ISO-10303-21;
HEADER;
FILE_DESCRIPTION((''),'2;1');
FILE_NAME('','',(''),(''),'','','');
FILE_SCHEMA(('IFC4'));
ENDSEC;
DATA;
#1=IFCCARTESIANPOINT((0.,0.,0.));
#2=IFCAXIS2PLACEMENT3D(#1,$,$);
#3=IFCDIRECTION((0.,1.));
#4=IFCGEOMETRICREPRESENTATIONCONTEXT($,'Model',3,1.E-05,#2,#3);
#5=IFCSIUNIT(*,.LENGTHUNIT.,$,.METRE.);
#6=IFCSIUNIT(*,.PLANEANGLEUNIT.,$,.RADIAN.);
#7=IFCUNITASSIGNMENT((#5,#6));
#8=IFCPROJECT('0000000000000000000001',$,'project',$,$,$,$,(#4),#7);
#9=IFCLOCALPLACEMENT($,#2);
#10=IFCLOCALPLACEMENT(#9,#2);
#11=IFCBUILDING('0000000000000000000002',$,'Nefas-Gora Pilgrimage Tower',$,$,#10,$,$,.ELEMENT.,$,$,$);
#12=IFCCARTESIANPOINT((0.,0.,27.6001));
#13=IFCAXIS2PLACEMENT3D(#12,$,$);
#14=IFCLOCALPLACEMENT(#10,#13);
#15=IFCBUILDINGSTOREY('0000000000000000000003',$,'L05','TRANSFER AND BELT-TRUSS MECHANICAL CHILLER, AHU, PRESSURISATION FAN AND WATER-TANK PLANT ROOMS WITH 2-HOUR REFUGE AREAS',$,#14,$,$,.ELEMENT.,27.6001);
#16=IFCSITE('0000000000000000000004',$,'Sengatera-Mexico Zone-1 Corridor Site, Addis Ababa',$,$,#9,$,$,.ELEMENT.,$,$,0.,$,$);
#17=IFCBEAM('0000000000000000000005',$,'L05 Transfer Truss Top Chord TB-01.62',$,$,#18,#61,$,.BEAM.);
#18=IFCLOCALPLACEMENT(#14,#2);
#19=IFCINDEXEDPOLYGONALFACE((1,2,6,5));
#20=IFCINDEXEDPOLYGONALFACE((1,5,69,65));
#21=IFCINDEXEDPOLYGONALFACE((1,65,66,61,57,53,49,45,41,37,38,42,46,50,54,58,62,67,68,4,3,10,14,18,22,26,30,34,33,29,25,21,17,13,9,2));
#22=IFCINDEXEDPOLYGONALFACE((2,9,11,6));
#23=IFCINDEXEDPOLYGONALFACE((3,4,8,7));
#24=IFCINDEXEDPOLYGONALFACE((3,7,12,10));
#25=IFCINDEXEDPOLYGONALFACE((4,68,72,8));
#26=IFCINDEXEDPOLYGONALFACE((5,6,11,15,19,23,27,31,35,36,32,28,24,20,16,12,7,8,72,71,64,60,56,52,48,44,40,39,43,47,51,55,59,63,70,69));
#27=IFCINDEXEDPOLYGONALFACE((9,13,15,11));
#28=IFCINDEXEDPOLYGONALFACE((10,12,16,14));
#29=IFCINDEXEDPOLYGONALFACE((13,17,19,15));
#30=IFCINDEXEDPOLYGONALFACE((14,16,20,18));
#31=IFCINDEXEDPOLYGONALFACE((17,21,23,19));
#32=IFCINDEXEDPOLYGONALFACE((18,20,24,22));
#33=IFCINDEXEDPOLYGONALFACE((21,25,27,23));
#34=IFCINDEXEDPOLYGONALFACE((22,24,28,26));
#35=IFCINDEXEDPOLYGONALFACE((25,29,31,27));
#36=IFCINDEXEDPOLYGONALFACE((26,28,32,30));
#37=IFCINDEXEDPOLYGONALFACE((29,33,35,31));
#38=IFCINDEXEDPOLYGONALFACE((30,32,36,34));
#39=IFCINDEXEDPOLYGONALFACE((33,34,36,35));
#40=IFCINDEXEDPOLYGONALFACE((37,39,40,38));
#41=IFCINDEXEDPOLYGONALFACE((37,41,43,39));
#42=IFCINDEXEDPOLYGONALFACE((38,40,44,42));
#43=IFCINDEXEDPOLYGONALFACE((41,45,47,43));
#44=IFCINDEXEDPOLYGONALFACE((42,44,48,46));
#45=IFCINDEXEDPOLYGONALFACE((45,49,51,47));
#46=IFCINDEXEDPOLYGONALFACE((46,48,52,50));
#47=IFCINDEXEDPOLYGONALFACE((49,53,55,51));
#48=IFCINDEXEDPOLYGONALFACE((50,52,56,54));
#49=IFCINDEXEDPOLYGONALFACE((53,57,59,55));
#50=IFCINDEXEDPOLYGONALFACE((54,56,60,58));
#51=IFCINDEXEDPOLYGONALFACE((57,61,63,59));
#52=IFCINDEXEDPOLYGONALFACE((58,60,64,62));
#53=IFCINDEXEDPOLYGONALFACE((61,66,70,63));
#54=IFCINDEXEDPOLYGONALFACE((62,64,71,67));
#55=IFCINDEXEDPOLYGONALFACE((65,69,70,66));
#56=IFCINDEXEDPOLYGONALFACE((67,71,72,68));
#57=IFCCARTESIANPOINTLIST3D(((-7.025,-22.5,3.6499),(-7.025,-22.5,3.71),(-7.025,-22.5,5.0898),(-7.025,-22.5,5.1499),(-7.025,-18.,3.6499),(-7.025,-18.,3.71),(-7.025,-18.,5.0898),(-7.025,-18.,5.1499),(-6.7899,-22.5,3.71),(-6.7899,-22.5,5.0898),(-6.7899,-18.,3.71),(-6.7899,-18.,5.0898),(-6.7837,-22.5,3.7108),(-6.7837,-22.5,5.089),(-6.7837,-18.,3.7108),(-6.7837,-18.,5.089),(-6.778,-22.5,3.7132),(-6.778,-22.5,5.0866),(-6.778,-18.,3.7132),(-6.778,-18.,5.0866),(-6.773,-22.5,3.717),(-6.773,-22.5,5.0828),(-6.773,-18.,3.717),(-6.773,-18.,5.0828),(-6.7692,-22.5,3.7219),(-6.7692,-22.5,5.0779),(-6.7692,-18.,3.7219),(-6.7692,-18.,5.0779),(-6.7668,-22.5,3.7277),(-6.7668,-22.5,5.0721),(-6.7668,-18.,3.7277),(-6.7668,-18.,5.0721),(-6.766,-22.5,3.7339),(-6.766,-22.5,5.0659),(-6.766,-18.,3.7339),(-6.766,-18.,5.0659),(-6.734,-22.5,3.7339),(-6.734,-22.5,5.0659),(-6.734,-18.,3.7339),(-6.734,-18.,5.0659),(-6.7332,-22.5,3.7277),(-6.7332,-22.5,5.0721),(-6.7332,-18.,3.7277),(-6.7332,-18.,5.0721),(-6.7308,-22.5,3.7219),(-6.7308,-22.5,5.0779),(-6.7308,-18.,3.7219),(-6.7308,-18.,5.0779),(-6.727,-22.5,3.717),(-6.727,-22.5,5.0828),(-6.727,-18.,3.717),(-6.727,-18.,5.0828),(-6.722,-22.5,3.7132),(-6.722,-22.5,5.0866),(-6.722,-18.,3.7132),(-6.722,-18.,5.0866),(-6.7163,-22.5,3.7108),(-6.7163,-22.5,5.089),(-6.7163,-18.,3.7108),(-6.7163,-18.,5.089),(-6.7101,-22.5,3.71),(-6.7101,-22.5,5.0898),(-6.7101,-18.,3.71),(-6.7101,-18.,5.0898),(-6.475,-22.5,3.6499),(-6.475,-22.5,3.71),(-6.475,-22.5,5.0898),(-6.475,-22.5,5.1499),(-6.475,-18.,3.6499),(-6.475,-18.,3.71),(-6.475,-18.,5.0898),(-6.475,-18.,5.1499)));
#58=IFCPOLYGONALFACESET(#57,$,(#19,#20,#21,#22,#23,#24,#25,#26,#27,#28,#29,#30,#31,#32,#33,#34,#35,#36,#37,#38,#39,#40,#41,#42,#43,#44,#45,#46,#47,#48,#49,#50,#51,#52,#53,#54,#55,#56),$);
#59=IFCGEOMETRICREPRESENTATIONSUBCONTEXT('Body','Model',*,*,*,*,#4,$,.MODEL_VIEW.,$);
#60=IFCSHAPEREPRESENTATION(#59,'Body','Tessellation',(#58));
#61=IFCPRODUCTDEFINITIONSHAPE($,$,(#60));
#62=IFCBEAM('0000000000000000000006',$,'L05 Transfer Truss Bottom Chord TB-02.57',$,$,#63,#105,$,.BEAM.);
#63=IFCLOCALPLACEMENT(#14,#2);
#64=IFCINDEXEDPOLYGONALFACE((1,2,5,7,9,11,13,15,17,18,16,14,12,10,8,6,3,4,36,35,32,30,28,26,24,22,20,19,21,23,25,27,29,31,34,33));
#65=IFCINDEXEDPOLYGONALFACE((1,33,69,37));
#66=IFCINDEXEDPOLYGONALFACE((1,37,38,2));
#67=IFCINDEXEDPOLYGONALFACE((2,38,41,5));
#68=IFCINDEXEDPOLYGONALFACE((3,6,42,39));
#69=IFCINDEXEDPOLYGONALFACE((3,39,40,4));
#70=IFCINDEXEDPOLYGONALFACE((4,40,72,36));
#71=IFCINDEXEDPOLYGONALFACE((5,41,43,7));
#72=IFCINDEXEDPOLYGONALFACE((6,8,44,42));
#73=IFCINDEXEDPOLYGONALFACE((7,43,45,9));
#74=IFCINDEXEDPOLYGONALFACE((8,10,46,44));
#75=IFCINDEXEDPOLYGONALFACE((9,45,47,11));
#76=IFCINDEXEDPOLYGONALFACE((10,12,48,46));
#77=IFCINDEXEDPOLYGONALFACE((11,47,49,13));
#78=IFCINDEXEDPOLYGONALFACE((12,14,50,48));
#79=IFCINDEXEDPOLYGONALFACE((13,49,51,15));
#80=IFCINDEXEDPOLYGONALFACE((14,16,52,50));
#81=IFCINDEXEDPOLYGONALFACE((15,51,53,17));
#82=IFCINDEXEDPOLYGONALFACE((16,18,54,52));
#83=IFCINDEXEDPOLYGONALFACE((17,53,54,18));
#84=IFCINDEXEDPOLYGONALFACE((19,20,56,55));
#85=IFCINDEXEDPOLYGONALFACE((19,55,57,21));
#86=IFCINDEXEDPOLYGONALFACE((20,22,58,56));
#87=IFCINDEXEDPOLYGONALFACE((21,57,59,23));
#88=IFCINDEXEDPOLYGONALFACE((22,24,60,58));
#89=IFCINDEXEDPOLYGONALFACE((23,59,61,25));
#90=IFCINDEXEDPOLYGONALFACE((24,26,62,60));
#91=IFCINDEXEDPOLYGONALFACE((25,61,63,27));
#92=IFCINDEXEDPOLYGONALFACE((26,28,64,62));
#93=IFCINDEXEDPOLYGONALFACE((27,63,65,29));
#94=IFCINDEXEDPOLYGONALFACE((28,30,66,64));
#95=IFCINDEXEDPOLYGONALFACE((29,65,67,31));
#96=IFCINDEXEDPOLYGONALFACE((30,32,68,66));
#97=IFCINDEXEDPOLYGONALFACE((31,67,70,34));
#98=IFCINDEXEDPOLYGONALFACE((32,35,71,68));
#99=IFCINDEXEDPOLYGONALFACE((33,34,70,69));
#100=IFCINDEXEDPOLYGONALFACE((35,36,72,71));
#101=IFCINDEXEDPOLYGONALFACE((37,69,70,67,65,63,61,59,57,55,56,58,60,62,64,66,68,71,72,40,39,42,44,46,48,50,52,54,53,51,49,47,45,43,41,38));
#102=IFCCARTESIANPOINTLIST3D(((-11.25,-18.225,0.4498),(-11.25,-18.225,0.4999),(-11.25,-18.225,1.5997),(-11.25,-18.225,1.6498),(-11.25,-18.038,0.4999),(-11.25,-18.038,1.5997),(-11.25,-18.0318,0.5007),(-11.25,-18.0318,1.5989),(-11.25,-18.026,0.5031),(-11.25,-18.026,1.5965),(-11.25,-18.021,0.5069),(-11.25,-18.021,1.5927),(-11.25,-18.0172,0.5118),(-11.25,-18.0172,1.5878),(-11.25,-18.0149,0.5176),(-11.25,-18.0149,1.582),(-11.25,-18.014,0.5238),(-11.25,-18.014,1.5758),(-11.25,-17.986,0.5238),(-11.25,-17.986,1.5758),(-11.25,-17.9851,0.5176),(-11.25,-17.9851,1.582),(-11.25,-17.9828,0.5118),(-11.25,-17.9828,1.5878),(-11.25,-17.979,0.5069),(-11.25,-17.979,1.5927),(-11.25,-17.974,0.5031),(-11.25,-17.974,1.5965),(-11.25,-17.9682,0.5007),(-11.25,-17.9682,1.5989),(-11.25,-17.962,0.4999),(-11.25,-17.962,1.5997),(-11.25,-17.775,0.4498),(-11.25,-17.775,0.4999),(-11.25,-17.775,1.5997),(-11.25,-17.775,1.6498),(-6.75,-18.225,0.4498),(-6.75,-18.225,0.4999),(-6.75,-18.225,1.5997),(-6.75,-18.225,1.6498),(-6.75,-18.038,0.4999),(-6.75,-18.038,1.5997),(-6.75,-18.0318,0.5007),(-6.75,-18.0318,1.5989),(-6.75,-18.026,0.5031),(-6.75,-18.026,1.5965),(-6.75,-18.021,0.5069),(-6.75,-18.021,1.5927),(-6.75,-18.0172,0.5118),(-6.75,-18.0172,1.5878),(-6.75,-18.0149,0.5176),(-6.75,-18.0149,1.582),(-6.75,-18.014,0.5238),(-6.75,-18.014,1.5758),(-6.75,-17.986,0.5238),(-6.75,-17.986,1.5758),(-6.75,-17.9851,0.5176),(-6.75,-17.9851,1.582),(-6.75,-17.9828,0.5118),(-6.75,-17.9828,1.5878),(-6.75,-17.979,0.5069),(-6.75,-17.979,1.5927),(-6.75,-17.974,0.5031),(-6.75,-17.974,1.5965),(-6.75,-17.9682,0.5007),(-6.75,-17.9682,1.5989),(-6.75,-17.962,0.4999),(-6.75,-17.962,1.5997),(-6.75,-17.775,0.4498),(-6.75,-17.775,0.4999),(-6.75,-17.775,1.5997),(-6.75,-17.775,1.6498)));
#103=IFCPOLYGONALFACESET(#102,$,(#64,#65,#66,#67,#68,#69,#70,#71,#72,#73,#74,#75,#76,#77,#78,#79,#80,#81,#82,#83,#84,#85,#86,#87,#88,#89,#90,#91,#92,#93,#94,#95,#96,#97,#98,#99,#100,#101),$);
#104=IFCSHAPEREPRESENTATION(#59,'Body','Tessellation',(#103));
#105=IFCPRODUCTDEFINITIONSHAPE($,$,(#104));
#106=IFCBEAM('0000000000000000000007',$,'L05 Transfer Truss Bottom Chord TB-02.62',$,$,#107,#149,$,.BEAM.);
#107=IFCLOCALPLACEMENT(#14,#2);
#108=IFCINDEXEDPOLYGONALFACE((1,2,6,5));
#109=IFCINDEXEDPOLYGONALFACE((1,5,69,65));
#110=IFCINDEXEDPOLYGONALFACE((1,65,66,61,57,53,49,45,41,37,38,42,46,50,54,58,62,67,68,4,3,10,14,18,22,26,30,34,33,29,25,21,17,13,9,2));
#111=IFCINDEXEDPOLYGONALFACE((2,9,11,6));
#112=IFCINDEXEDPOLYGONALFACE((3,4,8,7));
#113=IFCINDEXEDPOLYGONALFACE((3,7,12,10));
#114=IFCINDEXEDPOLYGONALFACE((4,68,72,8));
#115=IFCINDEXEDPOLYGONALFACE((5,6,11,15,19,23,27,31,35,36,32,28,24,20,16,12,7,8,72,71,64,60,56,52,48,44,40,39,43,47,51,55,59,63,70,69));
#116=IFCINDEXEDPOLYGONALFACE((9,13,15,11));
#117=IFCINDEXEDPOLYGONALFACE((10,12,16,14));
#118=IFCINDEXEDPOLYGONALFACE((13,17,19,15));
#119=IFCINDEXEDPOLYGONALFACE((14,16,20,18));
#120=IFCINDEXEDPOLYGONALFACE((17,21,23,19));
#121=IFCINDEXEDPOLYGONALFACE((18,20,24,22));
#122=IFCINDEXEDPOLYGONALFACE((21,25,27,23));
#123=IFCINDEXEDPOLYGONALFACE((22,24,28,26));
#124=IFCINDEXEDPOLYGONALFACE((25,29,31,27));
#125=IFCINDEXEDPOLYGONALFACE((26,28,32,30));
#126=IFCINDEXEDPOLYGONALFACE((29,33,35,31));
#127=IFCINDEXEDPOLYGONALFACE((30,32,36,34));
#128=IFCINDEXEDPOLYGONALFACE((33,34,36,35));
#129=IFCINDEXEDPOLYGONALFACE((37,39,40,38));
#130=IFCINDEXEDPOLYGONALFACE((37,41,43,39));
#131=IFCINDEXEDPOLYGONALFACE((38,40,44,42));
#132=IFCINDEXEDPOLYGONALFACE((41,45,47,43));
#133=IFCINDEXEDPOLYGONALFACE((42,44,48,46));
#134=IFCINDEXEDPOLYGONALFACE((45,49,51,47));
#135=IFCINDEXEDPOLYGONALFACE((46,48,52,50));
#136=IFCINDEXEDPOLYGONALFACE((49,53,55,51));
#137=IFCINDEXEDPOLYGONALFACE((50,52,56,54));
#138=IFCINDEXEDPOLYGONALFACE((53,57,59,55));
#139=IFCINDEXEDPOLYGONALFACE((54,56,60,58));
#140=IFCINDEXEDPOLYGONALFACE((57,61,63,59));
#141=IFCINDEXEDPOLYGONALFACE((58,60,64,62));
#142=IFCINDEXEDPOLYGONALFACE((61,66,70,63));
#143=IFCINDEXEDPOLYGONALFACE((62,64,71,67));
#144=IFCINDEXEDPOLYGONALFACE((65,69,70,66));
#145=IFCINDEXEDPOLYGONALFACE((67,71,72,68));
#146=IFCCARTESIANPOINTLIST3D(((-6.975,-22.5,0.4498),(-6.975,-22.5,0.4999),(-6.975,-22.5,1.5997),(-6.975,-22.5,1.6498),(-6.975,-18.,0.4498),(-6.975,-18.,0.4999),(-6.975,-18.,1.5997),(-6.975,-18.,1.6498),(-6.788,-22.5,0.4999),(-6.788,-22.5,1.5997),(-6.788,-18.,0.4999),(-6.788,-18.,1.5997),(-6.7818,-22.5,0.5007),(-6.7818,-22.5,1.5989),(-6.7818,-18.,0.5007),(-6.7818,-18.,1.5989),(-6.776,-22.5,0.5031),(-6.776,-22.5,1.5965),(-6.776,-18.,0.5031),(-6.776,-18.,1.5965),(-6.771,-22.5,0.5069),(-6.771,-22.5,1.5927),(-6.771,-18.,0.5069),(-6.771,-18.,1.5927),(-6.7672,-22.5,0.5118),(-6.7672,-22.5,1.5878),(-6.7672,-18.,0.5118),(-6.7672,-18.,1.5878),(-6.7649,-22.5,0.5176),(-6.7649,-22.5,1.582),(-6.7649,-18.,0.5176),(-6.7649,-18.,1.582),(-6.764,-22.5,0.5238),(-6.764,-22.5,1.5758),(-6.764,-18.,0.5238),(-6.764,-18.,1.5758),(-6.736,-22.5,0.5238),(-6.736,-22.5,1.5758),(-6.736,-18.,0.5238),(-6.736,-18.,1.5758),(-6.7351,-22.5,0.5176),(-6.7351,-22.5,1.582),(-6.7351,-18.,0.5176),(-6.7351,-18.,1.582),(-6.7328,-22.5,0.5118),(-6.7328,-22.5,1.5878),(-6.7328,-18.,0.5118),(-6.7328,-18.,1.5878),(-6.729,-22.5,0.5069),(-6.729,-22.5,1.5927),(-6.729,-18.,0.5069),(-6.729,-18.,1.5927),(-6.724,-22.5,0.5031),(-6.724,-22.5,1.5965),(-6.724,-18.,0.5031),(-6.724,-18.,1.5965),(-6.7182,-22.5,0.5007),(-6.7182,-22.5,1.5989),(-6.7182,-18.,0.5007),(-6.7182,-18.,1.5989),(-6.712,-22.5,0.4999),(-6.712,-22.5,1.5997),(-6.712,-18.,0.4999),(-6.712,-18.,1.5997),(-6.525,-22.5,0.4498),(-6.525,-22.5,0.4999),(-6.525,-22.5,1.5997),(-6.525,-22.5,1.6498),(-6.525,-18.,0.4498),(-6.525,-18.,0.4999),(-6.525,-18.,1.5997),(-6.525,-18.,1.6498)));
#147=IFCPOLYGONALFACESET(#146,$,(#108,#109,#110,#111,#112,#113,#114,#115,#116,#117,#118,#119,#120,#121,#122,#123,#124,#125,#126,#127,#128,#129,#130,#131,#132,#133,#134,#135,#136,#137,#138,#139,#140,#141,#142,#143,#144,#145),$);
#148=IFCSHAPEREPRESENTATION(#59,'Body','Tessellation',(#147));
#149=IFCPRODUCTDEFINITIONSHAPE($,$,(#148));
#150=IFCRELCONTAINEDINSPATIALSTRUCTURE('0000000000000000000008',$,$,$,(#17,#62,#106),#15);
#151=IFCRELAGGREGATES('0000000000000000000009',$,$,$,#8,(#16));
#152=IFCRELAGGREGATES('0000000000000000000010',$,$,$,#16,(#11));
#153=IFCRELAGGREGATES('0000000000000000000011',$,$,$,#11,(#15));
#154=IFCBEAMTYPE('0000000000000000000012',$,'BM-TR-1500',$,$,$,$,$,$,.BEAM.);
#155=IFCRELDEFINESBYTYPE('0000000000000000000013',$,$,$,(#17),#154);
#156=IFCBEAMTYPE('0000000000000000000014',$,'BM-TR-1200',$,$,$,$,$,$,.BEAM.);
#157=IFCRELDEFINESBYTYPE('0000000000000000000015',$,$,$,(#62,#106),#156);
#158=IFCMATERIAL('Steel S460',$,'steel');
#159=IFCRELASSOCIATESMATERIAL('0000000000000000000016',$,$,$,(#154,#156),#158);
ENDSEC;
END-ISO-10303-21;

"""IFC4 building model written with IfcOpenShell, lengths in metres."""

from ifc_helpers import new_model, si_unit, direction, frame, origin, origin_2d, place, context, subcontext, project, spatial, i_section, extrude, source, transform, mapped, material, material_profile, profile_set, type_object, element, save


model = new_model("IFC4")

# Units and contexts
model_context = context("Model", 3, precision=1e-05, world=origin(), true_north=direction((0.0, 1.0)))
body_context = subcontext(model_context, "Body", "Model", "MODEL_VIEW")
ifc_project = project(units=[si_unit("LENGTHUNIT", "METRE"), si_unit("PLANEANGLEUNIT", "RADIAN")], contexts=[model_context])

# Site, building, storey
site_placement = place(None, origin())
site = spatial("IfcSite", under=ifc_project, at=site_placement, Name="Sengatera-Mexico Zone-1 Corridor Site, Addis Ababa", CompositionType="ELEMENT", RefElevation=0.0)
building_placement = place(site_placement, origin())
building = spatial("IfcBuilding", under=site, at=building_placement, Name="Nefas-Gora Pilgrimage Tower", CompositionType="ELEMENT")
storey_placement = place(building_placement, frame((0.0, 0.0, 27.6001)))
storey = spatial("IfcBuildingStorey", under=building, at=storey_placement, Name="L05", Description="TRANSFER AND BELT-TRUSS MECHANICAL CHILLER, AHU, PRESSURISATION FAN AND WATER-TANK PLANT ROOMS WITH 2-HOUR REFUGE AREAS", CompositionType="ELEMENT", Elevation=27.6001)

# Shared definitions
ifc_material_1 = material(Name="Steel S460", Category="steel")

# Beams
ifc_material_profile_1 = material_profile(ifc_material_1, i_section(OverallWidth=0.55, OverallDepth=1.5, WebThickness=0.032, FlangeThickness=0.0601, FilletRadius=0.0239, at=origin_2d()), Name="WPG 1500x550x32x60")
ifc_profile_set_1 = profile_set([ifc_material_profile_1], Name="Steel S460")
beam_type_1 = type_object("IfcBeamType", Name="BM-TR-1500", PredefinedType="BEAM", material=ifc_profile_set_1)
shared_shape_1 = source(origin(), body_context, "Body", "SweptSolid", [
    extrude(i_section(OverallWidth=0.55, OverallDepth=1.5, WebThickness=0.032, FlangeThickness=0.0601, FilletRadius=0.0239, at=origin_2d()), origin(), (0.0, 0.0, 1.0), 4.5),
])
for number, where, z_axis, x_axis, name in (
    (1, (-6.75, -22.5, 4.3999), (0.0, 1.0, 0.0), (-1.0, 0.0, 0.0), "L05 Transfer Truss Top Chord TB-01.62"),
):
    element("IfcBeam", number, at=place(storey_placement, frame(where, z_axis=z_axis, x_axis=x_axis)), inside=storey, type_object=beam_type_1, Name=name, PredefinedType="BEAM", context=body_context, shape_type="MappedRepresentation", body=[
        mapped(shared_shape_1, transform((0.0, 0.0, 0.0), x_axis=(1.0, 0.0, 0.0), y_axis=(0.0, 1.0, 0.0), z_axis=(0.0, 0.0, 1.0), scale=1.0)),
    ])
ifc_material_profile_2 = material_profile(ifc_material_1, i_section(OverallWidth=0.45, OverallDepth=1.2, WebThickness=0.0281, FlangeThickness=0.05, FilletRadius=0.0239, at=origin_2d()), Name="WPG 1200x450x28x50")
ifc_profile_set_2 = profile_set([ifc_material_profile_2], Name="Steel S460")
beam_type_2 = type_object("IfcBeamType", Name="BM-TR-1200", PredefinedType="BEAM", material=ifc_profile_set_2)
shared_shape_2 = source(origin(), body_context, "Body", "SweptSolid", [
    extrude(i_section(OverallWidth=0.45, OverallDepth=1.2, WebThickness=0.0281, FlangeThickness=0.05, FilletRadius=0.0239, at=origin_2d()), origin(), (0.0, 0.0, 1.0), 4.5),
])
for number, where, z_axis, x_axis, name in (
    (2, (-11.25, -18.0, 1.0498), (1.0, 0.0, 0.0), (0.0, 1.0, 0.0), "L05 Transfer Truss Bottom Chord TB-02.57"),
    (3, (-6.75, -22.5, 1.0498), (0.0, 1.0, 0.0), (-1.0, 0.0, 0.0), "L05 Transfer Truss Bottom Chord TB-02.62"),
):
    element("IfcBeam", number, at=place(storey_placement, frame(where, z_axis=z_axis, x_axis=x_axis)), inside=storey, type_object=beam_type_2, Name=name, PredefinedType="BEAM", context=body_context, shape_type="MappedRepresentation", body=[
        mapped(shared_shape_2, transform((0.0, 0.0, 0.0), x_axis=(1.0, 0.0, 0.0), y_axis=(0.0, 1.0, 0.0), z_axis=(0.0, 0.0, 1.0), scale=1.0)),
    ])

save(model, "model.ifc")
